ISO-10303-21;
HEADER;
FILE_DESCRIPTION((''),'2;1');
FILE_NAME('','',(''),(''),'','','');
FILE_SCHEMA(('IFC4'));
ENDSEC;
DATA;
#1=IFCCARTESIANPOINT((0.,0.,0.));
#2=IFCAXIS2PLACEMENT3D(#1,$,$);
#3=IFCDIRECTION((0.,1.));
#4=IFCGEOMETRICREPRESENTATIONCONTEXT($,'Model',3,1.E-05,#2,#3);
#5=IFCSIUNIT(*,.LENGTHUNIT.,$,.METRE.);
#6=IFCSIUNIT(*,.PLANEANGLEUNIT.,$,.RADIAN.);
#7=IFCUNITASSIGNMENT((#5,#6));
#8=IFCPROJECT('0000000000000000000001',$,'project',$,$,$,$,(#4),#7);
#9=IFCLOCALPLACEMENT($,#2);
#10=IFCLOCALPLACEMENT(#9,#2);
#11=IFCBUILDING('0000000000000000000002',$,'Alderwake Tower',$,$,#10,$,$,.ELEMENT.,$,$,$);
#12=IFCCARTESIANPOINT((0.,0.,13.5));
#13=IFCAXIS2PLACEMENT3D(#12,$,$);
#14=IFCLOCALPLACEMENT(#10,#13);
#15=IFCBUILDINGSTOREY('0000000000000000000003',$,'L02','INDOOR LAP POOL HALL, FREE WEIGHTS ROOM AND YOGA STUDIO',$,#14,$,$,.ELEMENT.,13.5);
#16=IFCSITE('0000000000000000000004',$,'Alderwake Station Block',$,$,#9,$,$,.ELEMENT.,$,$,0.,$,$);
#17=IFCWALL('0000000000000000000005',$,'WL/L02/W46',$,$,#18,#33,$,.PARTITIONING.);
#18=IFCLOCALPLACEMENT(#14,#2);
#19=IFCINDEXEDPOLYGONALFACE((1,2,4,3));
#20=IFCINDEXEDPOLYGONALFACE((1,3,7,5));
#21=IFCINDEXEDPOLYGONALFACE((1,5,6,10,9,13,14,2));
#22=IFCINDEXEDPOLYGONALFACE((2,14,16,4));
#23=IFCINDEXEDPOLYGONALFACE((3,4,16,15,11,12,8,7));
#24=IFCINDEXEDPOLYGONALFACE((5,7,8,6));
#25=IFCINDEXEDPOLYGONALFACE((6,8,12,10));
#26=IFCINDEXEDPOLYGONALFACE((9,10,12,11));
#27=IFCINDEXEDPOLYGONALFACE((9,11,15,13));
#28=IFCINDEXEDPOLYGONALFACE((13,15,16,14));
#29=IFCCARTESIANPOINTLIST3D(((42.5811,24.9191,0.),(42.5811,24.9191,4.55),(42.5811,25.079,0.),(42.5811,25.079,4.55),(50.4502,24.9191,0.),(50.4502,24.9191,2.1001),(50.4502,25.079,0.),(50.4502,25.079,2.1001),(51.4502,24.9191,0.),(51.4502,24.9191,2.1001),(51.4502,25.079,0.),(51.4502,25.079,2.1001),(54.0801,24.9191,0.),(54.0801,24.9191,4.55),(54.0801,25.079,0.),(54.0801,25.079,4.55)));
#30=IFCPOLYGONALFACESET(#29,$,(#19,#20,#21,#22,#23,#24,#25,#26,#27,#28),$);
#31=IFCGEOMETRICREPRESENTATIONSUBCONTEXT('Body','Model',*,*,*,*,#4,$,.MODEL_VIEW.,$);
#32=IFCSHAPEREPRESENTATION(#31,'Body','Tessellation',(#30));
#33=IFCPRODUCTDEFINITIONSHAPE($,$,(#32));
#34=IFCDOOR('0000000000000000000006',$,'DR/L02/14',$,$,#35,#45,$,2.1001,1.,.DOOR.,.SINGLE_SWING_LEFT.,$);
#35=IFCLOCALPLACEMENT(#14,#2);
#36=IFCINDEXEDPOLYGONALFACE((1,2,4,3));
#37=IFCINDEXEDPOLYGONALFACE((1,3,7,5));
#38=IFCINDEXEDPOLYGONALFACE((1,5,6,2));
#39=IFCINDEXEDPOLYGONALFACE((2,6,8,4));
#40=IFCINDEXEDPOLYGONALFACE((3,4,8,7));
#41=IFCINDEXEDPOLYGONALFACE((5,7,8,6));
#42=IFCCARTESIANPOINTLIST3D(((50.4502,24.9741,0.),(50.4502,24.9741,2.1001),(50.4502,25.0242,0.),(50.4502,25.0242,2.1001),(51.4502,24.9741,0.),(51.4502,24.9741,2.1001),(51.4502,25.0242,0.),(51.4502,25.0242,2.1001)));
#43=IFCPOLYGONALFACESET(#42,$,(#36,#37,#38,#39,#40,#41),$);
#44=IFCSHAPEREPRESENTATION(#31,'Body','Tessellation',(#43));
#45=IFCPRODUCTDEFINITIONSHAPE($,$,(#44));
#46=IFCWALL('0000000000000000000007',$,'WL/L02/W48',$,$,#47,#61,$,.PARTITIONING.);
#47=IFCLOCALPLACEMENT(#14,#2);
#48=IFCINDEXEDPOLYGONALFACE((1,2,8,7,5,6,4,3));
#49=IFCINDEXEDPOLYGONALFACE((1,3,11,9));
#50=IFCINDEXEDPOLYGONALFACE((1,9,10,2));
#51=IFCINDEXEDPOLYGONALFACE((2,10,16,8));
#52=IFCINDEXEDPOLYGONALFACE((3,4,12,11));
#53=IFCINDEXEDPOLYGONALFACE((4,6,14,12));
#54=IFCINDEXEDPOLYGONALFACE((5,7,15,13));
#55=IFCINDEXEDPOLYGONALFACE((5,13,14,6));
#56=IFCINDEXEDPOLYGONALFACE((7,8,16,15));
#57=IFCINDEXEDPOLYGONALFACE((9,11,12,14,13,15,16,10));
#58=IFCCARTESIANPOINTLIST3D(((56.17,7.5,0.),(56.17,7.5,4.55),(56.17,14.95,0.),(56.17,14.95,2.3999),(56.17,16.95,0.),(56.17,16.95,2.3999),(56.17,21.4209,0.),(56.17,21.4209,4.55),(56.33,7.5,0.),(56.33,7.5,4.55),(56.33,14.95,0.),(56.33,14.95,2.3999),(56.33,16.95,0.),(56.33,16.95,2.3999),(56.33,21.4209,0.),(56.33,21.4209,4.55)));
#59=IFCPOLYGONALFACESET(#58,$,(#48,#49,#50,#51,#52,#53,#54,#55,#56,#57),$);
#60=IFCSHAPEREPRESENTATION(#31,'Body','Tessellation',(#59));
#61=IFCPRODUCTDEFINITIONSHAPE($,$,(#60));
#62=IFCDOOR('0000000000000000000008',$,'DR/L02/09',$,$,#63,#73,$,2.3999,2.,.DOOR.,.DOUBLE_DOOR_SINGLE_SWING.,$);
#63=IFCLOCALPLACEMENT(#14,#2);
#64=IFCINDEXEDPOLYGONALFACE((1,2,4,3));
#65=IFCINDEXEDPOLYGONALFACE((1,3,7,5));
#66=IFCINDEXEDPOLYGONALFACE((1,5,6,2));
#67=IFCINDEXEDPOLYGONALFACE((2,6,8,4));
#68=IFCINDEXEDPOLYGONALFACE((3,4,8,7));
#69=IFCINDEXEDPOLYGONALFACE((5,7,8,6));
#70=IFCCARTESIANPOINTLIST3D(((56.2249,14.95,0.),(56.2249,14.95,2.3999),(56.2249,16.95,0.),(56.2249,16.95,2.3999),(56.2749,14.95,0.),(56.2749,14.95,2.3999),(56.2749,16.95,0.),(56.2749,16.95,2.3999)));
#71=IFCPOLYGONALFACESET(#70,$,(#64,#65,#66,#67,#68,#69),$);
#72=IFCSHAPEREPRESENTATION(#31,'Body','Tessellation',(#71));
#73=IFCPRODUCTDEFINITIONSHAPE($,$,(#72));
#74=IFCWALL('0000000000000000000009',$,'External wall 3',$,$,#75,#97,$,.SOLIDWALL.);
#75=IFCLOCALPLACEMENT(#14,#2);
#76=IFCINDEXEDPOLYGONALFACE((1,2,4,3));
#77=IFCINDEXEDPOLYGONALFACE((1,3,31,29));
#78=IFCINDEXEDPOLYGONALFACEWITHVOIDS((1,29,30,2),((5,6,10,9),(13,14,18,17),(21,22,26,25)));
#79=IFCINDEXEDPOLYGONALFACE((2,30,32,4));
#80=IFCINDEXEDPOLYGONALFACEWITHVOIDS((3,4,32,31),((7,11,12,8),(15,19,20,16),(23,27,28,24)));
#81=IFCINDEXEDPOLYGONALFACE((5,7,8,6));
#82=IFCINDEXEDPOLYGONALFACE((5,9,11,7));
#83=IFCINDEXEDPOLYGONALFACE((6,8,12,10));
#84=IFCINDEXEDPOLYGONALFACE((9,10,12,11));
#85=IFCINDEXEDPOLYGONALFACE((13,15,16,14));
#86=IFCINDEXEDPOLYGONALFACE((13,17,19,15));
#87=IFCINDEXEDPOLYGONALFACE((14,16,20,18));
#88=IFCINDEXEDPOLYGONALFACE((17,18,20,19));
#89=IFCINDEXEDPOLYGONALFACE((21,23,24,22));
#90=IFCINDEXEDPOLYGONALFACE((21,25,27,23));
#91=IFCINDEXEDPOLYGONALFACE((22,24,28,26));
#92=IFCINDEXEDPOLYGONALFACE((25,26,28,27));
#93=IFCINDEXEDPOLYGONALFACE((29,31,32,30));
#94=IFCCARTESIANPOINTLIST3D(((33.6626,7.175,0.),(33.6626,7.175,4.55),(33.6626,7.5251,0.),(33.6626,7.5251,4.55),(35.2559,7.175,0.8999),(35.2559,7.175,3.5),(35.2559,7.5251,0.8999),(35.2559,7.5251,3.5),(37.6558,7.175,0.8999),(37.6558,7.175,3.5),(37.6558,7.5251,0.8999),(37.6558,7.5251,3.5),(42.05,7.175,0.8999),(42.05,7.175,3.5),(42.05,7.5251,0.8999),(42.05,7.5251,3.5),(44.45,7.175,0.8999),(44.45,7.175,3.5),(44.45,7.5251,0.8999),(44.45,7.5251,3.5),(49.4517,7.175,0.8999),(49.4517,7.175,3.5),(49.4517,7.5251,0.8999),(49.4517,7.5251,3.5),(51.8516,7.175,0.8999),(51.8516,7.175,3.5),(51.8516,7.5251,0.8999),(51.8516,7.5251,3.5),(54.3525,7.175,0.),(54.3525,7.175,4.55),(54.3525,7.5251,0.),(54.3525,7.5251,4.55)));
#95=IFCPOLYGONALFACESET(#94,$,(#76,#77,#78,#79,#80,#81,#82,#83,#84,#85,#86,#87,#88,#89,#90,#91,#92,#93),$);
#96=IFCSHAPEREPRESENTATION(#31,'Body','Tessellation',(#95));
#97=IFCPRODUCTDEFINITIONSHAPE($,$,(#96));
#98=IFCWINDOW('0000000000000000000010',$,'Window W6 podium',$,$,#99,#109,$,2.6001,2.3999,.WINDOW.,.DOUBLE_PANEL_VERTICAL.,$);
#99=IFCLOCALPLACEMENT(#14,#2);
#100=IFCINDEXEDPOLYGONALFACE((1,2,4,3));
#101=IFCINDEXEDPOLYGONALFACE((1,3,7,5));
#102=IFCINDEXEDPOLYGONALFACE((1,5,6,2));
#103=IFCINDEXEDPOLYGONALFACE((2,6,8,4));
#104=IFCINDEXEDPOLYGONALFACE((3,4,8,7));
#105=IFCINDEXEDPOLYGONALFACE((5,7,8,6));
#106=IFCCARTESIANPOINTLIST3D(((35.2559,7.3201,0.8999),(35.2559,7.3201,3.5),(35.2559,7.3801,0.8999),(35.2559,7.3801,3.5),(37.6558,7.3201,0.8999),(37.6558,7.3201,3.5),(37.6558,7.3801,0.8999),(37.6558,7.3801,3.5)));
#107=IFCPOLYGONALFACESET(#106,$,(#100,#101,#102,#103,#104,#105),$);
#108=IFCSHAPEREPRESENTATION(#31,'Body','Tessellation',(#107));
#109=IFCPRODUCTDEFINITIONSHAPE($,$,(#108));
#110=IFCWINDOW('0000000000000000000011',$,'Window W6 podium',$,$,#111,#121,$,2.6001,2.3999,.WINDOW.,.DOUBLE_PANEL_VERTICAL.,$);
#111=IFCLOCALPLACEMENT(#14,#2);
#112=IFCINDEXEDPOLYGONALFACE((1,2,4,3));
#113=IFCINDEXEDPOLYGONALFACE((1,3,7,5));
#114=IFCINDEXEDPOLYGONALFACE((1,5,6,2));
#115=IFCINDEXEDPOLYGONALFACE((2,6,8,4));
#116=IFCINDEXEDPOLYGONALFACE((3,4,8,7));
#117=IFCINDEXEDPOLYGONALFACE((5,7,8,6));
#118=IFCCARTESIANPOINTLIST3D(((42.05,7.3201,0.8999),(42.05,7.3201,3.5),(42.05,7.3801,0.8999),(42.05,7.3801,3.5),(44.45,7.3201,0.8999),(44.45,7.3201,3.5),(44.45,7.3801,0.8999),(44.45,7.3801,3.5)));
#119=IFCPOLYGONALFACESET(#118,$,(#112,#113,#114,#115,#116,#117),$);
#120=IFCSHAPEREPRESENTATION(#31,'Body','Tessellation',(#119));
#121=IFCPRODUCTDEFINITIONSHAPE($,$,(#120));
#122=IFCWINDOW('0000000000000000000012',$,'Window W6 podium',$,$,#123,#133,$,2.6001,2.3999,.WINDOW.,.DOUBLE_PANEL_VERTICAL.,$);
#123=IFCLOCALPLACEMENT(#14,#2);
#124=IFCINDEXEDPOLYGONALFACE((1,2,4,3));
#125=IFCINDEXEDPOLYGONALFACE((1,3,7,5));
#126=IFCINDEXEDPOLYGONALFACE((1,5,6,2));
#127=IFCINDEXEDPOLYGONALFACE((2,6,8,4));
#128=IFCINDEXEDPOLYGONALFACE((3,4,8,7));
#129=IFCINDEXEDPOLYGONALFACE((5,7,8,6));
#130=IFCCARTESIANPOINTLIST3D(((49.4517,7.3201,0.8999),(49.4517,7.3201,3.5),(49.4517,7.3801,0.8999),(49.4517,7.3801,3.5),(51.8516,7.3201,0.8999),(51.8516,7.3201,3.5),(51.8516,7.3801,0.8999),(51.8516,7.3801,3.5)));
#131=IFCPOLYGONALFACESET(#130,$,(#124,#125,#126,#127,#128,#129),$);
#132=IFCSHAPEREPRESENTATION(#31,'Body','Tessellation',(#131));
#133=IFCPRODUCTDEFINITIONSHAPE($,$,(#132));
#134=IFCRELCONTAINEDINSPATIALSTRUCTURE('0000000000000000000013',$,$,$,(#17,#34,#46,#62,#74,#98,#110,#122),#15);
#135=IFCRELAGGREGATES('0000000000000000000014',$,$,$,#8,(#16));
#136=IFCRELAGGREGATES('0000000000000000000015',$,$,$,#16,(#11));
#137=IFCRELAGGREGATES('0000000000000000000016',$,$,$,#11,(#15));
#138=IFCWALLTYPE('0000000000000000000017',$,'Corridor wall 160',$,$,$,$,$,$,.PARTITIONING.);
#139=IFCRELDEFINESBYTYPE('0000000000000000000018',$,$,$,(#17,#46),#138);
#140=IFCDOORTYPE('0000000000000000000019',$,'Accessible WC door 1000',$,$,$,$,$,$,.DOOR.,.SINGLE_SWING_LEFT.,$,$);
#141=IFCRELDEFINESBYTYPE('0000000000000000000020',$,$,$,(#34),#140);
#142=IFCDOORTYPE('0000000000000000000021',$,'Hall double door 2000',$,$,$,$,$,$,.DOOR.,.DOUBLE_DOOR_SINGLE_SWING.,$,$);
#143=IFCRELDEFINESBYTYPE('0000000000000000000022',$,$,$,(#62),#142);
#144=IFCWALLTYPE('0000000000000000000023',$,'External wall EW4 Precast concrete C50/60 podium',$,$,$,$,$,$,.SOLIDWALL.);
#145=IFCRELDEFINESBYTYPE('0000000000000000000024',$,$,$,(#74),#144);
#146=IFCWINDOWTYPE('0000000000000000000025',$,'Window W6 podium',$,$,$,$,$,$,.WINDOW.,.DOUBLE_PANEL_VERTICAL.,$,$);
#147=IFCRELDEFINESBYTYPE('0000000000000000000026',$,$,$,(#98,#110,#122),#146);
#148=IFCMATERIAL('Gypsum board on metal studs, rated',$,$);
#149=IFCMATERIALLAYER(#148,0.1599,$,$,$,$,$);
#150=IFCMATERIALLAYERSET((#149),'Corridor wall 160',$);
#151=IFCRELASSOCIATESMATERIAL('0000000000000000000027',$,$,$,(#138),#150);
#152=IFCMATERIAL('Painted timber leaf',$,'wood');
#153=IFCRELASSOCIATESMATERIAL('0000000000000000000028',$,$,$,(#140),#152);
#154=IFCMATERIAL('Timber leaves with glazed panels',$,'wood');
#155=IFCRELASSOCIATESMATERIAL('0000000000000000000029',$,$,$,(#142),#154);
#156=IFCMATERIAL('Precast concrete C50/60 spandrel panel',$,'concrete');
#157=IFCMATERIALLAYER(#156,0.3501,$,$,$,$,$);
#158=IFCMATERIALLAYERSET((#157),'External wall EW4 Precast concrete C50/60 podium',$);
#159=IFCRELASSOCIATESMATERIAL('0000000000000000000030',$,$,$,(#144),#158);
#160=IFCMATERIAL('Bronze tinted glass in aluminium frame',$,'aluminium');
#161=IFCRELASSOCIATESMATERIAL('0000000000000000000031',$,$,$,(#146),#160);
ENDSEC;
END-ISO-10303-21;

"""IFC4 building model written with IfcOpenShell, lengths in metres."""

from ifc_helpers import new_model, si_unit, direction, frame, frame_2d, origin, place, context, subcontext, project, spatial, rectangle, extrude, material, layer, layer_set, type_object, element, fill, save


model = new_model("IFC4")

# Units and contexts
model_context = context("Model", 3, precision=1e-05, world=origin(), true_north=direction((0.0, 1.0)))
body_context = subcontext(model_context, "Body", "Model", "MODEL_VIEW")
ifc_project = project(units=[si_unit("LENGTHUNIT", "METRE"), si_unit("PLANEANGLEUNIT", "RADIAN")], contexts=[model_context])

# Site, building, storey
site_placement = place(None, origin())
site = spatial("IfcSite", under=ifc_project, at=site_placement, Name="Alderwake Station Block", CompositionType="ELEMENT", RefElevation=0.0)
building_placement = place(site_placement, origin())
building = spatial("IfcBuilding", under=site, at=building_placement, Name="Alderwake Tower", CompositionType="ELEMENT")
storey_placement = place(building_placement, frame((0.0, 0.0, 13.5)))
storey = spatial("IfcBuildingStorey", under=building, at=storey_placement, Name="L02", Description="INDOOR LAP POOL HALL, FREE WEIGHTS ROOM AND YOGA STUDIO", CompositionType="ELEMENT", Elevation=13.5)

# Shared definitions
ifc_material_1 = material(Name="Gypsum board on metal studs, rated")
ifc_layer_1 = layer(ifc_material_1, 0.1599)
ifc_layer_set_1 = layer_set([ifc_layer_1], Name="Corridor wall 160")
wall_type_1 = type_object("IfcWallType", Name="Corridor wall 160", PredefinedType="PARTITIONING", material=ifc_layer_set_1)

# Walls, openings, doors
wall_1_placement = place(storey_placement, frame((54.0801, 24.999, 0.0), z_axis=(0.0, 0.0, 1.0), x_axis=(-1.0, 0.0, 0.0)))
wall_1 = element("IfcWall", 1, at=wall_1_placement, inside=storey, type_object=wall_type_1, Name="WL/L02/W46", PredefinedType="PARTITIONING", context=body_context, shape_type="SweptSolid", body=[
    extrude(rectangle(XDim=11.499, YDim=0.1599, at=frame_2d((5.7495, 0.0))), origin(), (0.0, 0.0, 1.0), 4.55),
])
opening_1_placement = place(wall_1_placement, frame((2.6299, 0.0, 0.0)))
opening_1 = element("IfcOpeningElement", 2, at=opening_1_placement, cuts=wall_1, PredefinedType="OPENING", context=body_context, shape_type="SweptSolid", body=[
    extrude(rectangle(XDim=1.0, YDim=2.1001, at=frame_2d((0.5, 1.05))), frame((0.0, 0.0898, 0.0), z_axis=(0.0, -1.0, 0.0), x_axis=(1.0, 0.0, 0.0)), (0.0, 0.0, 1.0), 0.1799),
])
ifc_material_2 = material(Name="Painted timber leaf", Category="wood")
door_type_1 = type_object("IfcDoorType", Name="Accessible WC door 1000", OperationType="SINGLE_SWING_LEFT", PredefinedType="DOOR", material=ifc_material_2)
door_1_placement = place(opening_1_placement, origin())
door_1 = element("IfcDoor", 3, at=door_1_placement, inside=storey, type_object=door_type_1, Name="DR/L02/14", OperationType="SINGLE_SWING_LEFT", OverallHeight=2.1001, OverallWidth=1.0, PredefinedType="DOOR", context=body_context, shape_type="SweptSolid", body=[
    extrude(rectangle(XDim=1.0, YDim=2.1001, at=frame_2d((0.5, 1.05))), frame((0.0, 0.0249, 0.0), z_axis=(0.0, -1.0, 0.0), x_axis=(1.0, 0.0, 0.0)), (0.0, 0.0, 1.0), 0.05),
])
fill(opening_1, door_1)
wall_2_placement = place(storey_placement, frame((56.25, 21.4209, 0.0), z_axis=(0.0, 0.0, 1.0), x_axis=(0.0, -1.0, 0.0)))
wall_2 = element("IfcWall", 4, at=wall_2_placement, inside=storey, type_object=wall_type_1, Name="WL/L02/W48", PredefinedType="PARTITIONING", context=body_context, shape_type="SweptSolid", body=[
    extrude(rectangle(XDim=13.9209, YDim=0.1599, at=frame_2d((6.9604, 0.0))), origin(), (0.0, 0.0, 1.0), 4.55),
])
opening_2_placement = place(wall_2_placement, frame((4.4709, 0.0, 0.0)))
opening_2 = element("IfcOpeningElement", 5, at=opening_2_placement, cuts=wall_2, PredefinedType="OPENING", context=body_context, shape_type="SweptSolid", body=[
    extrude(rectangle(XDim=2.0, YDim=2.3999, at=frame_2d((1.0, 1.2))), frame((0.0, 0.0898, 0.0), z_axis=(0.0, -1.0, 0.0), x_axis=(1.0, 0.0, 0.0)), (0.0, 0.0, 1.0), 0.1799),
])
ifc_material_3 = material(Name="Timber leaves with glazed panels", Category="wood")
door_type_2 = type_object("IfcDoorType", Name="Hall double door 2000", OperationType="DOUBLE_DOOR_SINGLE_SWING", PredefinedType="DOOR", material=ifc_material_3)
door_2_placement = place(opening_2_placement, origin())
door_2 = element("IfcDoor", 6, at=door_2_placement, inside=storey, type_object=door_type_2, Name="DR/L02/09", OperationType="DOUBLE_DOOR_SINGLE_SWING", OverallHeight=2.3999, OverallWidth=2.0, PredefinedType="DOOR", context=body_context, shape_type="SweptSolid", body=[
    extrude(rectangle(XDim=2.0, YDim=2.3999, at=frame_2d((1.0, 1.2))), frame((0.0, 0.0249, 0.0), z_axis=(0.0, -1.0, 0.0), x_axis=(1.0, 0.0, 0.0)), (0.0, 0.0, 1.0), 0.05),
])
fill(opening_2, door_2)

# Wall, openings, windows
ifc_material_4 = material(Name="Precast concrete C50/60 spandrel panel", Category="concrete")
ifc_layer_2 = layer(ifc_material_4, 0.3501)
ifc_layer_set_2 = layer_set([ifc_layer_2], Name="External wall EW4 Precast concrete C50/60 podium")
wall_type_2 = type_object("IfcWallType", Name="External wall EW4 Precast concrete C50/60 podium", PredefinedType="SOLIDWALL", material=ifc_layer_set_2)
wall_3_placement = place(storey_placement, frame((33.6626, 7.3501, 0.0), z_axis=(0.0, 0.0, 1.0), x_axis=(1.0, 0.0, 0.0)))
wall_3 = element("IfcWall", 7, at=wall_3_placement, inside=storey, type_object=wall_type_2, Name="External wall 3", PredefinedType="SOLIDWALL", context=body_context, shape_type="SweptSolid", body=[
    extrude(rectangle(XDim=20.6899, YDim=0.3501, at=frame_2d((10.345, 0.0))), origin(), (0.0, 0.0, 1.0), 4.55),
])
opening_3_placement = place(wall_3_placement, frame((1.5933, 0.0, 0.8999)))
opening_3 = element("IfcOpeningElement", 8, at=opening_3_placement, cuts=wall_3, PredefinedType="OPENING", context=body_context, shape_type="SweptSolid", body=[
    extrude(rectangle(XDim=2.3999, YDim=2.6001, at=frame_2d((1.2, 1.3))), frame((0.0, 0.1851, 0.0), z_axis=(0.0, -1.0, 0.0), x_axis=(1.0, 0.0, 0.0)), (0.0, 0.0, 1.0), 0.3701),
])
opening_4_placement = place(wall_3_placement, frame((8.3875, 0.0, 0.8999)))
opening_4 = element("IfcOpeningElement", 9, at=opening_4_placement, cuts=wall_3, PredefinedType="OPENING", context=body_context, shape_type="SweptSolid", body=[
    extrude(rectangle(XDim=2.3999, YDim=2.6001, at=frame_2d((1.2, 1.3))), frame((0.0, 0.1851, 0.0), z_axis=(0.0, -1.0, 0.0), x_axis=(1.0, 0.0, 0.0)), (0.0, 0.0, 1.0), 0.3701),
])
opening_5_placement = place(wall_3_placement, frame((15.7891, 0.0, 0.8999)))
opening_5 = element("IfcOpeningElement", 10, at=opening_5_placement, cuts=wall_3, PredefinedType="OPENING", context=body_context, shape_type="SweptSolid", body=[
    extrude(rectangle(XDim=2.3999, YDim=2.6001, at=frame_2d((1.2, 1.3))), frame((0.0, 0.1851, 0.0), z_axis=(0.0, -1.0, 0.0), x_axis=(1.0, 0.0, 0.0)), (0.0, 0.0, 1.0), 0.3701),
])
ifc_material_5 = material(Name="Bronze tinted glass in aluminium frame", Category="aluminium")
window_type = type_object("IfcWindowType", Name="Window W6 podium", PartitioningType="DOUBLE_PANEL_VERTICAL", PredefinedType="WINDOW", material=ifc_material_5)
window_1_placement = place(opening_3_placement, origin())
window_1 = element("IfcWindow", 11, at=window_1_placement, inside=storey, type_object=window_type, Name="Window W6 podium", OverallHeight=2.6001, OverallWidth=2.3999, PartitioningType="DOUBLE_PANEL_VERTICAL", PredefinedType="WINDOW", context=body_context, shape_type="SweptSolid", body=[
    extrude(rectangle(XDim=2.3999, YDim=2.6001, at=frame_2d((1.2, 1.3))), frame((0.0, 0.03, 0.0), z_axis=(0.0, -1.0, 0.0), x_axis=(1.0, 0.0, 0.0)), (0.0, 0.0, 1.0), 0.0601),
])
fill(opening_3, window_1)
window_2_placement = place(opening_4_placement, origin())
window_2 = element("IfcWindow", 12, at=window_2_placement, inside=storey, type_object=window_type, Name="Window W6 podium", OverallHeight=2.6001, OverallWidth=2.3999, PartitioningType="DOUBLE_PANEL_VERTICAL", PredefinedType="WINDOW", context=body_context, shape_type="SweptSolid", body=[
    extrude(rectangle(XDim=2.3999, YDim=2.6001, at=frame_2d((1.2, 1.3))), frame((0.0, 0.03, 0.0), z_axis=(0.0, -1.0, 0.0), x_axis=(1.0, 0.0, 0.0)), (0.0, 0.0, 1.0), 0.0601),
])
fill(opening_4, window_2)
window_3_placement = place(opening_5_placement, origin())
window_3 = element("IfcWindow", 13, at=window_3_placement, inside=storey, type_object=window_type, Name="Window W6 podium", OverallHeight=2.6001, OverallWidth=2.3999, PartitioningType="DOUBLE_PANEL_VERTICAL", PredefinedType="WINDOW", context=body_context, shape_type="SweptSolid", body=[
    extrude(rectangle(XDim=2.3999, YDim=2.6001, at=frame_2d((1.2, 1.3))), frame((0.0, 0.03, 0.0), z_axis=(0.0, -1.0, 0.0), x_axis=(1.0, 0.0, 0.0)), (0.0, 0.0, 1.0), 0.0601),
])
fill(opening_5, window_3)

save(model, "model.ifc")
